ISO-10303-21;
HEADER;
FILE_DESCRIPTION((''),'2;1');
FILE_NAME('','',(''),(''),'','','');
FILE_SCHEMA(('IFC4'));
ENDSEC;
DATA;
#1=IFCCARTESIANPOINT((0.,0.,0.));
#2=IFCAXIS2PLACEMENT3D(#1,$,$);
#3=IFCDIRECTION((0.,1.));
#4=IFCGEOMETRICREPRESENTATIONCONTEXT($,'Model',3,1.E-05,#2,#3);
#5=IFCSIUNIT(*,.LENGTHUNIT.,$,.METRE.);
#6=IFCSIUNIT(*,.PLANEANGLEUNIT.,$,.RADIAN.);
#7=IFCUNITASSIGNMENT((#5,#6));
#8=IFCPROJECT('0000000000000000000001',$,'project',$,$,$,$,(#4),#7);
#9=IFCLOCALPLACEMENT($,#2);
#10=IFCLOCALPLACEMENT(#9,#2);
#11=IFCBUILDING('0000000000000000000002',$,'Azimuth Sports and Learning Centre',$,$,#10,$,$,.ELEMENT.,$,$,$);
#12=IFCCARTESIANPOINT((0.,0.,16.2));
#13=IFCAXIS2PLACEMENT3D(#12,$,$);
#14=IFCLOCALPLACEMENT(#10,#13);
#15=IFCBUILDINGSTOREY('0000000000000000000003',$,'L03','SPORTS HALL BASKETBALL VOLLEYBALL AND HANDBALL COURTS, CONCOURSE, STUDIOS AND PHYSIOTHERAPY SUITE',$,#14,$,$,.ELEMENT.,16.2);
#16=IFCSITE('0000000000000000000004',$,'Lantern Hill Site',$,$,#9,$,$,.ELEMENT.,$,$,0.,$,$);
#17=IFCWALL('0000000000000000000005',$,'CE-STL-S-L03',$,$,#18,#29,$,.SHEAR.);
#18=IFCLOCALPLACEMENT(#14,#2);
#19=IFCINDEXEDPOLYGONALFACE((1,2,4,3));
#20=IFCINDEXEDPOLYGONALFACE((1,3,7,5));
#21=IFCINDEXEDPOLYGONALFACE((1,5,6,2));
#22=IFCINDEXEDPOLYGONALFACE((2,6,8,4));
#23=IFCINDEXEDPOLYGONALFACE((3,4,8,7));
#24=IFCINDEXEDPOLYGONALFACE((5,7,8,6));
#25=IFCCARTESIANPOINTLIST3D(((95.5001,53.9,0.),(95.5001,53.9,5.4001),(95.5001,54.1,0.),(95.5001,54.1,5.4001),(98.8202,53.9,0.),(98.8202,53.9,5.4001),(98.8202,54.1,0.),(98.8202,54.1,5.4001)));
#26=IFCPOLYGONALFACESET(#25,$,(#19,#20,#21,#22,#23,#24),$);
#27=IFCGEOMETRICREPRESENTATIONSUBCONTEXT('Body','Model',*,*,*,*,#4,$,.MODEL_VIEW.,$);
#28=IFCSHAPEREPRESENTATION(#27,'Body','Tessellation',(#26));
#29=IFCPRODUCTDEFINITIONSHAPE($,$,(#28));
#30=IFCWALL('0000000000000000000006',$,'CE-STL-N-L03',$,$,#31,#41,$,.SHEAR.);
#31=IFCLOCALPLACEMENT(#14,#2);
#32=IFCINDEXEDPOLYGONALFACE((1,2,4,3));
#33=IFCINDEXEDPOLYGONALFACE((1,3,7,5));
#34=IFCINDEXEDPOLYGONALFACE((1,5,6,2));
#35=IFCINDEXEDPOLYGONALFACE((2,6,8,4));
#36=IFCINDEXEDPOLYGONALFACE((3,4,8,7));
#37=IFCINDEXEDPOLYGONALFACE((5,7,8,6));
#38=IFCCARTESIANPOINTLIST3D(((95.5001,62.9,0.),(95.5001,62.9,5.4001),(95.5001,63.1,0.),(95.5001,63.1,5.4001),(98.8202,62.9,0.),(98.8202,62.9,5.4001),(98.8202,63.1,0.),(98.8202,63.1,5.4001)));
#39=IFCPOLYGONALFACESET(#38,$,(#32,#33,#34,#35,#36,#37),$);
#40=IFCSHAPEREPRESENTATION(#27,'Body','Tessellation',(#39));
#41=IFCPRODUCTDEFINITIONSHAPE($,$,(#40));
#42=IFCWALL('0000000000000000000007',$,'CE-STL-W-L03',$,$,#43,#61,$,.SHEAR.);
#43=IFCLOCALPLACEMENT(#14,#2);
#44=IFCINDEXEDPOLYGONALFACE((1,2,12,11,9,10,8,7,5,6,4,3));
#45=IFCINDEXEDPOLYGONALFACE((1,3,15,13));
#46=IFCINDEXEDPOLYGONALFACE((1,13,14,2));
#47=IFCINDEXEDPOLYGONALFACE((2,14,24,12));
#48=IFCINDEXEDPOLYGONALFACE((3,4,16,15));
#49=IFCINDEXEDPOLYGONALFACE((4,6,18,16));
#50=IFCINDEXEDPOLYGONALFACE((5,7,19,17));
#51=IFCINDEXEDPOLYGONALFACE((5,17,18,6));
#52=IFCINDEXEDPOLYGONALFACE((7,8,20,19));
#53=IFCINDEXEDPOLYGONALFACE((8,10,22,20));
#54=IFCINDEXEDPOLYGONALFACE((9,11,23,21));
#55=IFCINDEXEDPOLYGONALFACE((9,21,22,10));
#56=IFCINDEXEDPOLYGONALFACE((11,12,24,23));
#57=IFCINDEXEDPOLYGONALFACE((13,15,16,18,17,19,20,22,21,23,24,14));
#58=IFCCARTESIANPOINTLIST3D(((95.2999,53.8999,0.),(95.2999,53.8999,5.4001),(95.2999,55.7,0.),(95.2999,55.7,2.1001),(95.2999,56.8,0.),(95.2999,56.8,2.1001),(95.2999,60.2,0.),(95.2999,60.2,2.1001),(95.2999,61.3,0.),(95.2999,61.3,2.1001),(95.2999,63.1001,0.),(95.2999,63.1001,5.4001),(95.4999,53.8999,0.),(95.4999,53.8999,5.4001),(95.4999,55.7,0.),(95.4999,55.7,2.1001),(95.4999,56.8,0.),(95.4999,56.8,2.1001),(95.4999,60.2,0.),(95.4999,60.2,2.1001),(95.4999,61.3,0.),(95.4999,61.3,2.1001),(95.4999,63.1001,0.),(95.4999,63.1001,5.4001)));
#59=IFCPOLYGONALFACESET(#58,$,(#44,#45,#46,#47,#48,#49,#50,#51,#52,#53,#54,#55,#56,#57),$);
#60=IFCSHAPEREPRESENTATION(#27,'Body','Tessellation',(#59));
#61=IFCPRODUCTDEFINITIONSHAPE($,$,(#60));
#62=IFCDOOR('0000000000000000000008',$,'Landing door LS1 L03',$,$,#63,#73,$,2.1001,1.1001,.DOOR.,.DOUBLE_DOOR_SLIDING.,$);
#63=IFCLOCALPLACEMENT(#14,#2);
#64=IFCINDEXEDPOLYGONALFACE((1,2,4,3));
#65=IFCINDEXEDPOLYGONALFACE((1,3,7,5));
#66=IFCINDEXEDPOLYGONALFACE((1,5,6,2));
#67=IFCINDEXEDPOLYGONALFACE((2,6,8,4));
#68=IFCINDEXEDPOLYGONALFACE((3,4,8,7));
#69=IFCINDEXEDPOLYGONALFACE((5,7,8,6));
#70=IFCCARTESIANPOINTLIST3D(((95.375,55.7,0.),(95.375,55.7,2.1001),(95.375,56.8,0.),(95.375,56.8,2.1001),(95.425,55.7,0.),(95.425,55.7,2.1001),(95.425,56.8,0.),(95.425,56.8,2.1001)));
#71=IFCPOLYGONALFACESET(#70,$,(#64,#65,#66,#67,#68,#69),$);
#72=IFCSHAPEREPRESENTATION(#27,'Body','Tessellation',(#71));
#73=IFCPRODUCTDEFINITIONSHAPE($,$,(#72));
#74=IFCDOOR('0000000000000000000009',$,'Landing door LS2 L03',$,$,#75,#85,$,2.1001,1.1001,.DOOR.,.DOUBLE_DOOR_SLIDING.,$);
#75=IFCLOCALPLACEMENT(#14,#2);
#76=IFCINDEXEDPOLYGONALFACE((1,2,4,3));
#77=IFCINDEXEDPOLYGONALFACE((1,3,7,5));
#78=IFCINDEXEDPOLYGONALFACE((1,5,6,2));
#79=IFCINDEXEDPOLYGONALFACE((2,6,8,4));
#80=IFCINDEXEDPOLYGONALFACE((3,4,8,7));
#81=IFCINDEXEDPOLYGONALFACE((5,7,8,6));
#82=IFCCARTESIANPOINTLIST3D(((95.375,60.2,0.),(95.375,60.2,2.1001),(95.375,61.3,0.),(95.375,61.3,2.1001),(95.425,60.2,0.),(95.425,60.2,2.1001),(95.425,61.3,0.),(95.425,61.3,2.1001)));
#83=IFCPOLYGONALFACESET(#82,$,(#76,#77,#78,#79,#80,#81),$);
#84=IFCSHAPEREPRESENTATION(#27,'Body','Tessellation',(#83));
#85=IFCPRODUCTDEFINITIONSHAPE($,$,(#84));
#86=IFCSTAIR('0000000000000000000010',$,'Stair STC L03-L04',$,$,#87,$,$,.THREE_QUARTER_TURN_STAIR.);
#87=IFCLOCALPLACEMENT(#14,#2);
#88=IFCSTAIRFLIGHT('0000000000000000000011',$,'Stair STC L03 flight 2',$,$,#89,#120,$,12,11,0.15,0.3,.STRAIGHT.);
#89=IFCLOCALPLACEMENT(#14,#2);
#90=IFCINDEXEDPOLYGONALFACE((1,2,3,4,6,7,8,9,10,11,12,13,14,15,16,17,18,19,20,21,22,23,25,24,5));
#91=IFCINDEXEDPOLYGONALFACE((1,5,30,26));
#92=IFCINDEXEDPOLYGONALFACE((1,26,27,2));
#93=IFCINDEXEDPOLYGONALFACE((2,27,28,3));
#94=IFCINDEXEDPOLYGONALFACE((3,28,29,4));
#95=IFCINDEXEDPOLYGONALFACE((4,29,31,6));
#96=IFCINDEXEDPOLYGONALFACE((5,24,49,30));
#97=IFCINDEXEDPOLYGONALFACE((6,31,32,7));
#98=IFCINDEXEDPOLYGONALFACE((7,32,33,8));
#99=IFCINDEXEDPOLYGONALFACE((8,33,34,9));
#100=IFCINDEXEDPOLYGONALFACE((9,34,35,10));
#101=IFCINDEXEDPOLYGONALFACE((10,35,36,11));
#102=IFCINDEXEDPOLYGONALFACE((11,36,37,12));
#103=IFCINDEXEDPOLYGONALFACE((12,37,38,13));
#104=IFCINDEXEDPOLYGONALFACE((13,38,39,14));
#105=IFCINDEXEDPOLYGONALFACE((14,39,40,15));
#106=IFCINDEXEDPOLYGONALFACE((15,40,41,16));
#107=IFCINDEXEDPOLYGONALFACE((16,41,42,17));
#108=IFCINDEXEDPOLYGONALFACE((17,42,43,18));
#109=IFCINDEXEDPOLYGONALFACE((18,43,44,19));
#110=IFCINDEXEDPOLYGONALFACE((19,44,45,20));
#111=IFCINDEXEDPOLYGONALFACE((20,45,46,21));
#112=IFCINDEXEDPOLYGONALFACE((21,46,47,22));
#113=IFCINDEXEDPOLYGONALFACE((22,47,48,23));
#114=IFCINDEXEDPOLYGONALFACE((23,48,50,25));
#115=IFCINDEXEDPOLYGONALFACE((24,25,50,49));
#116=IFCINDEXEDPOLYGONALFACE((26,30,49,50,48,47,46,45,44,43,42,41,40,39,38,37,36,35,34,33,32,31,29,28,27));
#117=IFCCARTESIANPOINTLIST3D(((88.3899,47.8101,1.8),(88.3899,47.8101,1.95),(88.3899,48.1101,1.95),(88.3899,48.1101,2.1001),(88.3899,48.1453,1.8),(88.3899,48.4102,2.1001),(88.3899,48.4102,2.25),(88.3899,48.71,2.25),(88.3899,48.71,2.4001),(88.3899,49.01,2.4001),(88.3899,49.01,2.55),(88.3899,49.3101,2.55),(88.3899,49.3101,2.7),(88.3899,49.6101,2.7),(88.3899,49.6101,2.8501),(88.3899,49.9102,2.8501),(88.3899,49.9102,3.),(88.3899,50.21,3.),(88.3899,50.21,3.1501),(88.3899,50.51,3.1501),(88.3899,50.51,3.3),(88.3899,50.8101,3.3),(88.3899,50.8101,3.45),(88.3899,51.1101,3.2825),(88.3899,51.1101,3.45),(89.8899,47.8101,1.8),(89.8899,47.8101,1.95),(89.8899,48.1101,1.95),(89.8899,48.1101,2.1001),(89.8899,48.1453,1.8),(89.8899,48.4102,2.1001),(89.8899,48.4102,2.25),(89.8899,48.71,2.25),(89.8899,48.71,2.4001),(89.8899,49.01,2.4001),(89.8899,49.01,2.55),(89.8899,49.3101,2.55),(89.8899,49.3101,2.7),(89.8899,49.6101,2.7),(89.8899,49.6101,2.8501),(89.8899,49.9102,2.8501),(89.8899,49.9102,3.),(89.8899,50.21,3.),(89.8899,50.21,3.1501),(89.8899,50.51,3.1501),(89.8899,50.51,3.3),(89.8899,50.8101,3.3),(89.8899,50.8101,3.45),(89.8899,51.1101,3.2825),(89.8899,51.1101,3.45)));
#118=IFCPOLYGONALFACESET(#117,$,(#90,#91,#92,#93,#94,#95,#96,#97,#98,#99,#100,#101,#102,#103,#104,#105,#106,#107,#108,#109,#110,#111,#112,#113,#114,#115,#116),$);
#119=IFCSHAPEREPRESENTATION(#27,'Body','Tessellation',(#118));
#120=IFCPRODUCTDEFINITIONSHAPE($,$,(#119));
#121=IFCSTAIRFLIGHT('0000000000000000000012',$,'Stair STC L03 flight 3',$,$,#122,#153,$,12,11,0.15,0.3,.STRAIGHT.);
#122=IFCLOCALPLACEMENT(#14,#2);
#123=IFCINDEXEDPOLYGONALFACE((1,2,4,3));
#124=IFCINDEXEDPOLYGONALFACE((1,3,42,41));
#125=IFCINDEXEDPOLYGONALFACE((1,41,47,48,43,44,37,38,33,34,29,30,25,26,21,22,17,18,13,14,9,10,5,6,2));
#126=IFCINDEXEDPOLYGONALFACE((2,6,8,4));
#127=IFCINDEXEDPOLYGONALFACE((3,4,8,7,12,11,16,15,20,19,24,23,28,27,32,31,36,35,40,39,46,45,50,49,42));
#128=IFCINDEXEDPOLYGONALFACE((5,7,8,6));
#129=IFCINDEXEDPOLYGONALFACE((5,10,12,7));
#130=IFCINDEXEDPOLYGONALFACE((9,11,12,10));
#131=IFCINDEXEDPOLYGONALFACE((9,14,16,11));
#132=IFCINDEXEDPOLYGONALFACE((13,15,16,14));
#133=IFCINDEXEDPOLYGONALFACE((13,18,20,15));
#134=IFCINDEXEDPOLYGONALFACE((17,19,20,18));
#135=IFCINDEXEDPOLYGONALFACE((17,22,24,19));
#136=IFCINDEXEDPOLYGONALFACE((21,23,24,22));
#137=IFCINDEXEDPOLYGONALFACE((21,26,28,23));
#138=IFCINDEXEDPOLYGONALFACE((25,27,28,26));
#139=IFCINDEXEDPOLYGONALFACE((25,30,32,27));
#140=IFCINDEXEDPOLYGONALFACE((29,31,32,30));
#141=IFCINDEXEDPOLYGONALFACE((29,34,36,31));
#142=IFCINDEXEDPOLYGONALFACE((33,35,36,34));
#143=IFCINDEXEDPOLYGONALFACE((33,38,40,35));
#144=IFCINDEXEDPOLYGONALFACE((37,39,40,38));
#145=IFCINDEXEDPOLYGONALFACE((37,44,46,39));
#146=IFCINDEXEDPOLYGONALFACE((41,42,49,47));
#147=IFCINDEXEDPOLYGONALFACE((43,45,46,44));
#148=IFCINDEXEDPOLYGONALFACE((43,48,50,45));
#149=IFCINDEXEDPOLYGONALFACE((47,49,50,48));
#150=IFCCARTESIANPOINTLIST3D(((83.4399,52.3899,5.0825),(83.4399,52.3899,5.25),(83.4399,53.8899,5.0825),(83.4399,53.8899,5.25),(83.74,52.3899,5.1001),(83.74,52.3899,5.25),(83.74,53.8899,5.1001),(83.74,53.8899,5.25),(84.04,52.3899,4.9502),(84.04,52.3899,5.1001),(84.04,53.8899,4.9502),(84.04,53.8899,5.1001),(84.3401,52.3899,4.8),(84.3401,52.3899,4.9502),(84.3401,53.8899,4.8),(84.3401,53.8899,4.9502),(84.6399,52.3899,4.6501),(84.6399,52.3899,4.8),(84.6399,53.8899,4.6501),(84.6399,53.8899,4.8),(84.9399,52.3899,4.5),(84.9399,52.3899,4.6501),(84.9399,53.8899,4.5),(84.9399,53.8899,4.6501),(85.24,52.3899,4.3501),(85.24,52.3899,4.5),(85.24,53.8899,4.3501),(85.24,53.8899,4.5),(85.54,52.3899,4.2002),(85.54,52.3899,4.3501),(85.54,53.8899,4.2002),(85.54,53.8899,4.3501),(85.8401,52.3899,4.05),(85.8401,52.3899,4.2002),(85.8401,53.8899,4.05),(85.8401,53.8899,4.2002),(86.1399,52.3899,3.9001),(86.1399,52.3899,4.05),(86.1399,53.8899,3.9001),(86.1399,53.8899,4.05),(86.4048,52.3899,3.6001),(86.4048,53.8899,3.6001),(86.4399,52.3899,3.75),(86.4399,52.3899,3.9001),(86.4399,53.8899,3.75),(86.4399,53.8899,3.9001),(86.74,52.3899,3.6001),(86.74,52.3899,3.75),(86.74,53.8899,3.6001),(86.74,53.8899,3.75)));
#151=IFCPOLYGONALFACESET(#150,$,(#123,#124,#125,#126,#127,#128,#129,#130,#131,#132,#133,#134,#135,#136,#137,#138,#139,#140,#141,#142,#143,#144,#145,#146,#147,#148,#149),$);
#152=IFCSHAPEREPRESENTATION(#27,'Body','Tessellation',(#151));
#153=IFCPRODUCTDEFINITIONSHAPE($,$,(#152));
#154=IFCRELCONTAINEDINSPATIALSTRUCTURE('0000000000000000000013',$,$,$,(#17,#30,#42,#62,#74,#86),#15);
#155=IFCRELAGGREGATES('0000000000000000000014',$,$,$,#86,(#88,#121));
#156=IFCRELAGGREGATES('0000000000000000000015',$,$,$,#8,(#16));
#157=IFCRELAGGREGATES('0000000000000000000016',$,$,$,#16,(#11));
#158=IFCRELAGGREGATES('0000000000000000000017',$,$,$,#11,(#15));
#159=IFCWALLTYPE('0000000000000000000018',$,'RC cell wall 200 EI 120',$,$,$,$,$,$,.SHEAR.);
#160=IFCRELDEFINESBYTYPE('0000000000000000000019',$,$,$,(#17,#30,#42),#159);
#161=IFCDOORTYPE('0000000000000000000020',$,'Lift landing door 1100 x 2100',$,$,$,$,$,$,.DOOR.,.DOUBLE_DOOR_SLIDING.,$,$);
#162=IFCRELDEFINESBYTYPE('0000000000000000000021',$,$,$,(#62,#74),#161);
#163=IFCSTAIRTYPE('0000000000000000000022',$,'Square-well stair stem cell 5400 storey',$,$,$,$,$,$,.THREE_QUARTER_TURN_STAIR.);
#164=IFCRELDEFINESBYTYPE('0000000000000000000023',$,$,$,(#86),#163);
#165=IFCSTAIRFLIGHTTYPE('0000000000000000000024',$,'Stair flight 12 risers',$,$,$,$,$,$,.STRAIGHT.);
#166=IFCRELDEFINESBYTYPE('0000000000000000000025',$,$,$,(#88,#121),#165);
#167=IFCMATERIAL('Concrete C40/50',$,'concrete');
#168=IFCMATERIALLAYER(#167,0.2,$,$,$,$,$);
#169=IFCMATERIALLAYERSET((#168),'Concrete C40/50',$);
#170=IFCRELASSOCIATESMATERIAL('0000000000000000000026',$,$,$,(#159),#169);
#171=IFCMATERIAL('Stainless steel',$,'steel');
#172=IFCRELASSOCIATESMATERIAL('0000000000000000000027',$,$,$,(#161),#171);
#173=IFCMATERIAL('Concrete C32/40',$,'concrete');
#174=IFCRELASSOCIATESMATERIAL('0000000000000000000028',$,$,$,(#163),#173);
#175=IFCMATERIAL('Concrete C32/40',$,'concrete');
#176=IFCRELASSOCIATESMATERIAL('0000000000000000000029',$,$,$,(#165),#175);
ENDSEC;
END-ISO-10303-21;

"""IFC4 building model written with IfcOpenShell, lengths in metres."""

from ifc_helpers import new_model, si_unit, direction, frame, frame_2d, origin, place, context, subcontext, project, spatial, polyline, rectangle, outline, extrude, material, layer, layer_set, type_object, element, fill, aggregate, save


model = new_model("IFC4")

# Units and contexts
model_context = context("Model", 3, precision=1e-05, world=origin(), true_north=direction((0.0, 1.0)))
body_context = subcontext(model_context, "Body", "Model", "MODEL_VIEW")
ifc_project = project(units=[si_unit("LENGTHUNIT", "METRE"), si_unit("PLANEANGLEUNIT", "RADIAN")], contexts=[model_context])

# Site, building, storey
site_placement = place(None, origin())
site = spatial("IfcSite", under=ifc_project, at=site_placement, Name="Lantern Hill Site", CompositionType="ELEMENT", RefElevation=0.0)
building_placement = place(site_placement, origin())
building = spatial("IfcBuilding", under=site, at=building_placement, Name="Azimuth Sports and Learning Centre", CompositionType="ELEMENT")
storey_placement = place(building_placement, frame((0.0, 0.0, 16.2)))
storey = spatial("IfcBuildingStorey", under=building, at=storey_placement, Name="L03", Description="SPORTS HALL BASKETBALL VOLLEYBALL AND HANDBALL COURTS, CONCOURSE, STUDIOS AND PHYSIOTHERAPY SUITE", CompositionType="ELEMENT", Elevation=16.2)

# Walls
ifc_material_1 = material(Name="Concrete C40/50", Category="concrete")
ifc_layer_1 = layer(ifc_material_1, 0.2)
ifc_layer_set_1 = layer_set([ifc_layer_1], Name="Concrete C40/50")
wall_type_1 = type_object("IfcWallType", Name="RC cell wall 200 EI 120", PredefinedType="SHEAR", material=ifc_layer_set_1)
for number, where, z_axis, x_axis, name in (
    (1, (95.5, 54.0, 0.0), (0.0, 0.0, 1.0), (1.0, 0.0, 0.0), "CE-STL-S-L03"),
    (2, (95.5, 63.0, 0.0), (0.0, 0.0, 1.0), (1.0, 0.0, 0.0), "CE-STL-N-L03"),
):
    element("IfcWall", number, at=place(storey_placement, frame(where, z_axis=z_axis, x_axis=x_axis)), inside=storey, type_object=wall_type_1, Name=name, PredefinedType="SHEAR", context=body_context, shape_type="SweptSolid", body=[
        extrude(rectangle(XDim=3.3201, YDim=0.2, at=frame_2d((1.6602, 0.0))), origin(), (0.0, 0.0, 1.0), 5.4001),
    ])

# Wall, openings, doors
wall_1_placement = place(storey_placement, frame((95.3999, 53.8999, 0.0), z_axis=(0.0, 0.0, 1.0), x_axis=(0.0, 1.0, 0.0)))
wall_1 = element("IfcWall", 3, at=wall_1_placement, inside=storey, type_object=wall_type_1, Name="CE-STL-W-L03", PredefinedType="SHEAR", context=body_context, shape_type="SweptSolid", body=[
    extrude(rectangle(XDim=9.2002, YDim=0.2, at=frame_2d((4.6001, 0.0))), origin(), (0.0, 0.0, 1.0), 5.4001),
])
opening_1_placement = place(wall_1_placement, frame((1.8, 0.0, 0.0)))
opening_1 = element("IfcOpeningElement", 4, at=opening_1_placement, cuts=wall_1, PredefinedType="OPENING", context=body_context, shape_type="SweptSolid", body=[
    extrude(rectangle(XDim=1.1001, YDim=2.1001, at=frame_2d((0.55, 1.05))), frame((0.0, 0.1108, 0.0), z_axis=(0.0, -1.0, 0.0), x_axis=(1.0, 0.0, 0.0)), (0.0, 0.0, 1.0), 0.2219),
])
opening_2_placement = place(wall_1_placement, frame((6.3, 0.0, 0.0)))
opening_2 = element("IfcOpeningElement", 5, at=opening_2_placement, cuts=wall_1, PredefinedType="OPENING", context=body_context, shape_type="SweptSolid", body=[
    extrude(rectangle(XDim=1.1001, YDim=2.1001, at=frame_2d((0.55, 1.05))), frame((0.0, 0.1108, 0.0), z_axis=(0.0, -1.0, 0.0), x_axis=(1.0, 0.0, 0.0)), (0.0, 0.0, 1.0), 0.2219),
])
ifc_material_2 = material(Name="Stainless steel", Category="steel")
door_type = type_object("IfcDoorType", Name="Lift landing door 1100 x 2100", OperationType="DOUBLE_DOOR_SLIDING", PredefinedType="DOOR", material=ifc_material_2)
door_1_placement = place(opening_1_placement, origin())
door_1 = element("IfcDoor", 6, at=door_1_placement, inside=storey, type_object=door_type, Name="Landing door LS1 L03", OperationType="DOUBLE_DOOR_SLIDING", OverallHeight=2.1001, OverallWidth=1.1001, PredefinedType="DOOR", context=body_context, shape_type="SweptSolid", body=[
    extrude(rectangle(XDim=1.1001, YDim=2.1001, at=frame_2d((0.55, 1.05))), frame((0.0, 0.0249, 0.0), z_axis=(0.0, -1.0, 0.0), x_axis=(1.0, 0.0, 0.0)), (0.0, 0.0, 1.0), 0.05),
])
fill(opening_1, door_1)
door_2_placement = place(opening_2_placement, origin())
door_2 = element("IfcDoor", 7, at=door_2_placement, inside=storey, type_object=door_type, Name="Landing door LS2 L03", OperationType="DOUBLE_DOOR_SLIDING", OverallHeight=2.1001, OverallWidth=1.1001, PredefinedType="DOOR", context=body_context, shape_type="SweptSolid", body=[
    extrude(rectangle(XDim=1.1001, YDim=2.1001, at=frame_2d((0.55, 1.05))), frame((0.0, 0.0249, 0.0), z_axis=(0.0, -1.0, 0.0), x_axis=(1.0, 0.0, 0.0)), (0.0, 0.0, 1.0), 0.05),
])
fill(opening_2, door_2)

# Stair, stair flights
ifc_material_3 = material(Name="Concrete C32/40", Category="concrete")
stair_type = type_object("IfcStairType", Name="Square-well stair stem cell 5400 storey", PredefinedType="THREE_QUARTER_TURN_STAIR", material=ifc_material_3)
stair_placement = place(storey_placement, origin())
stair = element("IfcStair", 8, at=stair_placement, inside=storey, type_object=stair_type, Name="Stair STC L03-L04", PredefinedType="THREE_QUARTER_TURN_STAIR")
ifc_material_4 = material(Name="Concrete C32/40", Category="concrete")
stair_flight_type = type_object("IfcStairFlightType", Name="Stair flight 12 risers", PredefinedType="STRAIGHT", material=ifc_material_4)
stair_flight_1_placement = place(storey_placement, frame((89.1399, 47.8101, 1.8), z_axis=(0.0, 0.0, 1.0), x_axis=(0.0, 1.0, 0.0)))
stair_flight_1 = element("IfcStairFlight", 9, at=stair_flight_1_placement, type_object=stair_flight_type, Name="Stair STC L03 flight 2", NumberOfRisers=12, NumberOfTreads=11, PredefinedType="STRAIGHT", RiserHeight=0.15, TreadLength=0.3, context=body_context, shape_type="SweptSolid", body=[
    extrude(outline(polyline([(0.0, 0.0), (0.0, 0.1499), (0.3, 0.1499), (0.3, 0.3), (0.6001, 0.3), (0.6001, 0.45), (0.8999, 0.45), (0.8999, 0.6001), (1.2, 0.6001), (1.2, 0.75), (1.5, 0.75), (1.5, 0.8999), (1.8, 0.8999), (1.8, 1.05), (2.1001, 1.05), (2.1001, 1.2), (2.3999, 1.2), (2.3999, 1.3501), (2.7, 1.3501), (2.7, 1.5), (3.0, 1.5), (3.0, 1.6499), (3.3, 1.6499), (3.3, 1.8), (3.3, 1.4824), (0.3352, 0.0), (0.0, 0.0)])), frame((0.0, 0.75, 0.0), z_axis=(0.0, -1.0, 0.0), x_axis=(1.0, 0.0, 0.0)), (0.0, 0.0, 1.0), 1.5),
])
stair_flight_2_placement = place(storey_placement, frame((86.74, 53.1399, 3.6001), z_axis=(0.0, 0.0, 1.0), x_axis=(-1.0, 0.0, 0.0)))
stair_flight_2 = element("IfcStairFlight", 10, at=stair_flight_2_placement, type_object=stair_flight_type, Name="Stair STC L03 flight 3", NumberOfRisers=12, NumberOfTreads=11, PredefinedType="STRAIGHT", RiserHeight=0.15, TreadLength=0.3, context=body_context, shape_type="SweptSolid", body=[
    extrude(outline(polyline([(0.0, 0.0), (0.0, 0.1499), (0.3, 0.1499), (0.3, 0.3), (0.6001, 0.3), (0.6001, 0.45), (0.8999, 0.45), (0.8999, 0.6001), (1.2, 0.6001), (1.2, 0.75), (1.5, 0.75), (1.5, 0.8999), (1.8, 0.8999), (1.8, 1.05), (2.1001, 1.05), (2.1001, 1.2), (2.3999, 1.2), (2.3999, 1.3501), (2.7, 1.3501), (2.7, 1.5), (3.0, 1.5), (3.0, 1.6499), (3.3, 1.6499), (3.3, 1.8), (3.3, 1.4824), (0.3352, 0.0), (0.0, 0.0)])), frame((0.0, 0.75, 0.0), z_axis=(0.0, -1.0, 0.0), x_axis=(1.0, 0.0, 0.0)), (0.0, 0.0, 1.0), 1.5),
])
aggregate(stair, [stair_flight_1, stair_flight_2])

save(model, "model.ifc")
